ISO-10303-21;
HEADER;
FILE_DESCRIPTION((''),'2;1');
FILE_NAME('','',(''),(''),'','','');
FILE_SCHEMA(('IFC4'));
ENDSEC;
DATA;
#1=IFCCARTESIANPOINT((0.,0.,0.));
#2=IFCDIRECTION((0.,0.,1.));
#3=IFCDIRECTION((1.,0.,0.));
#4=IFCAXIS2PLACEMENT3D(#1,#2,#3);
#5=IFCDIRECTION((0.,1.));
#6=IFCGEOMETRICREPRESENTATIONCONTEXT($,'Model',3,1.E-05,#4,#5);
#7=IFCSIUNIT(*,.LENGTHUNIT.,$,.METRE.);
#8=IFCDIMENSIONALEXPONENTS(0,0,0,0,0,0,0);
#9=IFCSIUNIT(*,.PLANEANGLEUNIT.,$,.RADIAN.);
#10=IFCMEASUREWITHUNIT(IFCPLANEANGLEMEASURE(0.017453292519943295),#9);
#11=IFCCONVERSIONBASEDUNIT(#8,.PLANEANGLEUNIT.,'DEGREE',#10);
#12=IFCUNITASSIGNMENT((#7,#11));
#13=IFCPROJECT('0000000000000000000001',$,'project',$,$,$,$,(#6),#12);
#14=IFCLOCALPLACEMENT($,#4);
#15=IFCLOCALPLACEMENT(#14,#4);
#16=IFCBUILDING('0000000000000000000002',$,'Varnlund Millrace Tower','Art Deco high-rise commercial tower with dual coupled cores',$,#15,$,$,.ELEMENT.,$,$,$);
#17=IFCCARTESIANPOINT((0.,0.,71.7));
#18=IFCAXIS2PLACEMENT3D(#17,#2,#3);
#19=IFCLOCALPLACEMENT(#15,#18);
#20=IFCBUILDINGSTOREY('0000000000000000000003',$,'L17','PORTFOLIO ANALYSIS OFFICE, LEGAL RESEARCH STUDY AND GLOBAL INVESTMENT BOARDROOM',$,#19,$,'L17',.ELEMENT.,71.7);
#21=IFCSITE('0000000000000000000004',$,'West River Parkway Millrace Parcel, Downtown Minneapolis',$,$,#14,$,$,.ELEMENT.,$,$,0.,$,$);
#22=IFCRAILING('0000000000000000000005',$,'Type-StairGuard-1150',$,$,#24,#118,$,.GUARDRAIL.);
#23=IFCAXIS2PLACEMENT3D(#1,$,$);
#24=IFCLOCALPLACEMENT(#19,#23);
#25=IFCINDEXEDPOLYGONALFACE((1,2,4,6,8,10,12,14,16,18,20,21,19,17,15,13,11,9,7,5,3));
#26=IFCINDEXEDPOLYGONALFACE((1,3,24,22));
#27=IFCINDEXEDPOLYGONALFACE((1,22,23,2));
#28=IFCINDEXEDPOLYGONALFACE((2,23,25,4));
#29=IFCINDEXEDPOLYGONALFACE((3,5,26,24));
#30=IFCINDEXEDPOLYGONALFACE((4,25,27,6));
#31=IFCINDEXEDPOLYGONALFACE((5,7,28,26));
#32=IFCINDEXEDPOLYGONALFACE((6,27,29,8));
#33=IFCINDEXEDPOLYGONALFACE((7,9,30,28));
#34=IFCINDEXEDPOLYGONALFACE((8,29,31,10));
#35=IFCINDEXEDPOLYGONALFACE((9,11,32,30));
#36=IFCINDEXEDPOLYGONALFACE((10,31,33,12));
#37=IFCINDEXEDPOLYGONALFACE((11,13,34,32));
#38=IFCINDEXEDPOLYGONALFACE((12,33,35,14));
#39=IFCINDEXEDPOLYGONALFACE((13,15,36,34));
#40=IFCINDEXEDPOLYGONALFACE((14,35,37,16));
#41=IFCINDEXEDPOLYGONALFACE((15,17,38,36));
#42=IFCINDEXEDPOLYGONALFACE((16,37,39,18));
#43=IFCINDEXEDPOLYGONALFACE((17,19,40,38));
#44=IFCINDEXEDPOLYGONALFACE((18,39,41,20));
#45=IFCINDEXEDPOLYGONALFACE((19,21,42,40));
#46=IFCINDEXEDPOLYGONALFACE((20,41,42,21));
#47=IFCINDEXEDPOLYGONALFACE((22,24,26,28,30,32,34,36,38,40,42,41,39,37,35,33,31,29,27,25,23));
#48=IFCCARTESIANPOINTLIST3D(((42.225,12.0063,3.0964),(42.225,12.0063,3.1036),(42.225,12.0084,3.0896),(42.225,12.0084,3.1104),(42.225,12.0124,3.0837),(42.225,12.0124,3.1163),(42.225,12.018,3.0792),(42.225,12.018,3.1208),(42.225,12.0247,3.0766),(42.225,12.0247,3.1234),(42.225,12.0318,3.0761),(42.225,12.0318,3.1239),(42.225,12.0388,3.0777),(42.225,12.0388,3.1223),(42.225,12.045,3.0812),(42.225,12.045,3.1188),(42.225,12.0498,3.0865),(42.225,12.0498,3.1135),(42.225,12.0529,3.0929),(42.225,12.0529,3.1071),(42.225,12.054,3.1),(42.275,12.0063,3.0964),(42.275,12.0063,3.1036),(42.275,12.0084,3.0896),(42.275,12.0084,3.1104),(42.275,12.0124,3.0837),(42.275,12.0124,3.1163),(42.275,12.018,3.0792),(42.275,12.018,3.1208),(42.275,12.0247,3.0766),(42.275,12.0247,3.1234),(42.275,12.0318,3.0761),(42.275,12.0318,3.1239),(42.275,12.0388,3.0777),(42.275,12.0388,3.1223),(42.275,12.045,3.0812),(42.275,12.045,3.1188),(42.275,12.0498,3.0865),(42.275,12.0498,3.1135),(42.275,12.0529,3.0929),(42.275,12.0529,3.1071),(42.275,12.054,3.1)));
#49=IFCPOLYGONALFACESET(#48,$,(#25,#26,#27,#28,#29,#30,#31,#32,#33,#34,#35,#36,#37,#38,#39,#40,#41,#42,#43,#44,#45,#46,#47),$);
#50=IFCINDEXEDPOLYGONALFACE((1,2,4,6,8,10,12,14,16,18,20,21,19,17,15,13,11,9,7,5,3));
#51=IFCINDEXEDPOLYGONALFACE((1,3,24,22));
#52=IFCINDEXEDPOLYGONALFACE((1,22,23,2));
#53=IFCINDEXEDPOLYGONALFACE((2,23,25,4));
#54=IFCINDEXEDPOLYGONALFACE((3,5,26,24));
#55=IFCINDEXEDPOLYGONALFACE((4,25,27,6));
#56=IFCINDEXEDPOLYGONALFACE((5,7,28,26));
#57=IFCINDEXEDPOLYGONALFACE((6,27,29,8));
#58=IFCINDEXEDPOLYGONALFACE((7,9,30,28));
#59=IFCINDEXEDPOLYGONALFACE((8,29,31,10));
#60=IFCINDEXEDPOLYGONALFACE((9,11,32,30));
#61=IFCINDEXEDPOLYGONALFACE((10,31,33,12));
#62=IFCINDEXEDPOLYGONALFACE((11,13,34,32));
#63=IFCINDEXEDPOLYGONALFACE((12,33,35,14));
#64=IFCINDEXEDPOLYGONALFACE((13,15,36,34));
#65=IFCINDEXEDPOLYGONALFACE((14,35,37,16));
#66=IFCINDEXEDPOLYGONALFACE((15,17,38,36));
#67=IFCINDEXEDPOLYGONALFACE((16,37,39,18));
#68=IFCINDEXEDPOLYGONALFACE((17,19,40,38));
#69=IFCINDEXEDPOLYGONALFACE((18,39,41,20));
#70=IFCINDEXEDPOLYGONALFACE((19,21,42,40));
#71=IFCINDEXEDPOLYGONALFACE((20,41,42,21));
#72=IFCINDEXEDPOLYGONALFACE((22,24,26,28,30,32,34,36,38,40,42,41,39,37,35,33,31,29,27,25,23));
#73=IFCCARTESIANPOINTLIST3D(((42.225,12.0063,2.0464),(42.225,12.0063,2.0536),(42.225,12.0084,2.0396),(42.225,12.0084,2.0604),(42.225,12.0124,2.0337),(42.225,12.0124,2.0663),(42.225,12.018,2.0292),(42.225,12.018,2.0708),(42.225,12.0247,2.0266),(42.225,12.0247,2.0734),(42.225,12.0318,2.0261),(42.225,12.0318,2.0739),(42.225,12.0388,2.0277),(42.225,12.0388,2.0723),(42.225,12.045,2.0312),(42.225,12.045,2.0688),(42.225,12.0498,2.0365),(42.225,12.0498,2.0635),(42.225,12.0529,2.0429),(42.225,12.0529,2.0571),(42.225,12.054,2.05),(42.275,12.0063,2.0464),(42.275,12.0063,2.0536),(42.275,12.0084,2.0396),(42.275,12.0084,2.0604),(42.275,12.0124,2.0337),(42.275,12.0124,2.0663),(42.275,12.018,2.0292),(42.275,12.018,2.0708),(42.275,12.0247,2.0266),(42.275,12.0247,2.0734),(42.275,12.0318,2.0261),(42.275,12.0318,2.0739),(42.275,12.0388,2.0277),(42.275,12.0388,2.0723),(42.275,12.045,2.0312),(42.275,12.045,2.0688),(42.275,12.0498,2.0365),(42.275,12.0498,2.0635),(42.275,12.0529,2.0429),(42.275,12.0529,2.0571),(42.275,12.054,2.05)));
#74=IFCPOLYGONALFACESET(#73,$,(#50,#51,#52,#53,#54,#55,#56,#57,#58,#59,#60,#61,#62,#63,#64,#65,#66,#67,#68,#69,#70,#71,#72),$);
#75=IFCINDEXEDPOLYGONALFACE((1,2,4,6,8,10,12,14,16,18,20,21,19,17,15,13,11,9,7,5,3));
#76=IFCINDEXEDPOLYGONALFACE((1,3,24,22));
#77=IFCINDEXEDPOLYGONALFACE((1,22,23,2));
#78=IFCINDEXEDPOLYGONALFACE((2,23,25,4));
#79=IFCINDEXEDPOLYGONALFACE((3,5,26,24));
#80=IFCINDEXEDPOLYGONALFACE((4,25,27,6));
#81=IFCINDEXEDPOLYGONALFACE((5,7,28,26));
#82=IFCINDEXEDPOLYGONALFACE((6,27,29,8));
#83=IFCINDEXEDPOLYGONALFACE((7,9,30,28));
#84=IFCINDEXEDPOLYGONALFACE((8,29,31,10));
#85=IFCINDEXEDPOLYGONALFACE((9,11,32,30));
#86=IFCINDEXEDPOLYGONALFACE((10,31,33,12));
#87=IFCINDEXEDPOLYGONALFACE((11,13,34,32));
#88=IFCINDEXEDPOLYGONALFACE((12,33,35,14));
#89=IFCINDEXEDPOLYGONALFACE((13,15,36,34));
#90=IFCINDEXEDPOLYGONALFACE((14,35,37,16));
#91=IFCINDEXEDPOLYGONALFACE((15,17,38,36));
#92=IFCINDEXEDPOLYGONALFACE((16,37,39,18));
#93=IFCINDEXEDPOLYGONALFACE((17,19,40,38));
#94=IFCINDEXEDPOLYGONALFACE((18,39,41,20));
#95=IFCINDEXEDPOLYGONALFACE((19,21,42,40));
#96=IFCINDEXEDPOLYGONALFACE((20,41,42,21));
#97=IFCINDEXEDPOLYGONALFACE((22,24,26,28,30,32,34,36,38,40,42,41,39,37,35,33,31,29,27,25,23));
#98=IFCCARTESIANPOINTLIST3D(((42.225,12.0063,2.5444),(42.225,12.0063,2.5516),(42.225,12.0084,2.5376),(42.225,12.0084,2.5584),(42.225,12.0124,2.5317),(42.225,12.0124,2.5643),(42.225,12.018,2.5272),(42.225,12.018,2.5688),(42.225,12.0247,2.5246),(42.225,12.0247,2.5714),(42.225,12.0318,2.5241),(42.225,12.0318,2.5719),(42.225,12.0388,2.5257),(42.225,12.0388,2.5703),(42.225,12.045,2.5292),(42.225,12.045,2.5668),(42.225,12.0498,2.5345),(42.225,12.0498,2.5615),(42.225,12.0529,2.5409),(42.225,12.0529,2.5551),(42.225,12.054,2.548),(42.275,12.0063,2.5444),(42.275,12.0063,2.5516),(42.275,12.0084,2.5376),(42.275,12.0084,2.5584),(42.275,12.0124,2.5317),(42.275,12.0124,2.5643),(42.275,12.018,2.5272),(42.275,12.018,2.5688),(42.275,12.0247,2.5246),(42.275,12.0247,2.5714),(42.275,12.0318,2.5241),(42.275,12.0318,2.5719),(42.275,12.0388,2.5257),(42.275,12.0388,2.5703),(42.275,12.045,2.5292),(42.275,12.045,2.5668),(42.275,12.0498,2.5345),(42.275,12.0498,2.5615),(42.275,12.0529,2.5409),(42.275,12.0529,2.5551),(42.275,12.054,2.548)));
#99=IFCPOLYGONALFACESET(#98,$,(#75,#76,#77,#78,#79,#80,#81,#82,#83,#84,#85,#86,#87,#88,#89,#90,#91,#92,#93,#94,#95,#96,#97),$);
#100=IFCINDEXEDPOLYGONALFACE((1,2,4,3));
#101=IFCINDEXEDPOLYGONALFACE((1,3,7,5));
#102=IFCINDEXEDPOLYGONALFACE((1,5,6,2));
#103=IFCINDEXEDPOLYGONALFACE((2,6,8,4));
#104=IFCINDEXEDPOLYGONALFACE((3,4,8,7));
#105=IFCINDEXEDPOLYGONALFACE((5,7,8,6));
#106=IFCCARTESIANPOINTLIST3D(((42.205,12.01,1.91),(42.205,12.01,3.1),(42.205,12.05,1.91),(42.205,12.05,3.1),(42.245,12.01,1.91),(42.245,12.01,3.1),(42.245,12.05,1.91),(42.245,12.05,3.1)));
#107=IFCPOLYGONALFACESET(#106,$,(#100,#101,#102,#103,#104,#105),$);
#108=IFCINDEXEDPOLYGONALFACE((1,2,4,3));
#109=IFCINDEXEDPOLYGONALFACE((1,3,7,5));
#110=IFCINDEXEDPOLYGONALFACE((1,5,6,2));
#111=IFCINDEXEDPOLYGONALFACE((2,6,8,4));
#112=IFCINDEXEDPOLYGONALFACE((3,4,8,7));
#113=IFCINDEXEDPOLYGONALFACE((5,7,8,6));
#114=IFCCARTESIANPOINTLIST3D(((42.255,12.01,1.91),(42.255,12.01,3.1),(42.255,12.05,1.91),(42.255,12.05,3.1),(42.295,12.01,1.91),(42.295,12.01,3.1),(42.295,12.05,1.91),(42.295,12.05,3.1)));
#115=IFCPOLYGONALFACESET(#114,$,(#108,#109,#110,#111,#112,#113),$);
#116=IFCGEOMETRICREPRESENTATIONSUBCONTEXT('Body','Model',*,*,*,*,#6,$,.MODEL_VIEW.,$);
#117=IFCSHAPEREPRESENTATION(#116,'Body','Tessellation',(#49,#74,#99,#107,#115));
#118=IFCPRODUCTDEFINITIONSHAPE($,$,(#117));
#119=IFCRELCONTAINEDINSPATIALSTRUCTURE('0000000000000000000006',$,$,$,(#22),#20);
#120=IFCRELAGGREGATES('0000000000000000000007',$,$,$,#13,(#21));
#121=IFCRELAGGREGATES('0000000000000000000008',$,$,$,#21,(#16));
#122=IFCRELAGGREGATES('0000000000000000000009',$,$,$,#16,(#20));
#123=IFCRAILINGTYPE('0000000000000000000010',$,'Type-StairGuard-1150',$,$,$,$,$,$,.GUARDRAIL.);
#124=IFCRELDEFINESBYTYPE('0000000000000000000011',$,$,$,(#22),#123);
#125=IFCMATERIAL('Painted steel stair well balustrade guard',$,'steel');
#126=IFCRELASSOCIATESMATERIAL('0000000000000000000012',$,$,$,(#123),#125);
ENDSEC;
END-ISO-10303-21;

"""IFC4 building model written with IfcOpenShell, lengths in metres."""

from ifc_helpers import new_model, entity, si_unit, converted_unit, direction, frame, origin_with_axes, origin_2d_with_axis, place, context, subcontext, project, spatial, rectangle, circle, extrude, material, type_object, element, save


model = new_model("IFC4")

# Units and contexts
model_context = context("Model", 3, precision=1e-05, world=origin_with_axes(), true_north=direction((0.0, 1.0)))
body_context = subcontext(model_context, "Body", "Model", "MODEL_VIEW")
ifc_project = project(units=[si_unit("LENGTHUNIT", "METRE"), converted_unit("PLANEANGLEUNIT", "DEGREE", entity("IfcPlaneAngleMeasure", 0.017453292519943295), si_unit("PLANEANGLEUNIT", "RADIAN"), dimensions=[0, 0, 0, 0, 0, 0, 0])], contexts=[model_context])

# Site, building, storey
site_placement = place(None, origin_with_axes())
site = spatial("IfcSite", under=ifc_project, at=site_placement, Name="West River Parkway Millrace Parcel, Downtown Minneapolis", CompositionType="ELEMENT", RefElevation=0.0)
building_placement = place(site_placement, origin_with_axes())
building = spatial("IfcBuilding", under=site, at=building_placement, Name="Varnlund Millrace Tower", Description="Art Deco high-rise commercial tower with dual coupled cores", CompositionType="ELEMENT")
storey_placement = place(building_placement, frame((0.0, 0.0, 71.7), z_axis=(0.0, 0.0, 1.0), x_axis=(1.0, 0.0, 0.0)))
storey = spatial("IfcBuildingStorey", under=building, at=storey_placement, Name="L17", Description="PORTFOLIO ANALYSIS OFFICE, LEGAL RESEARCH STUDY AND GLOBAL INVESTMENT BOARDROOM", LongName="L17", CompositionType="ELEMENT", Elevation=71.7)

# Railing
ifc_material_1 = material(Name="Painted steel stair well balustrade guard", Category="steel")
railing_type_1 = type_object("IfcRailingType", Name="Type-StairGuard-1150", PredefinedType="GUARDRAIL", material=ifc_material_1)
railing_1_placement = place(storey_placement, frame((0.0, 0.0, -71.7), z_axis=(0.0, 0.0, 1.0), x_axis=(1.0, 0.0, 0.0)))
element("IfcRailing", 1, at=railing_1_placement, inside=storey, type_object=railing_type_1, Name="Type-StairGuard-1150", PredefinedType="GUARDRAIL", context=body_context, shape_type="SweptSolid", body=[
    extrude(circle(Radius=0.024, at=origin_2d_with_axis()), frame((42.225, 12.03, 74.8), z_axis=(1.0, 0.0, 0.0), x_axis=(0.0, 1.0, 0.0)), (0.0, 0.0, 1.0), 0.05),
    extrude(circle(Radius=0.024, at=origin_2d_with_axis()), frame((42.225, 12.03, 73.75), z_axis=(1.0, 0.0, 0.0), x_axis=(0.0, 1.0, 0.0)), (0.0, 0.0, 1.0), 0.05),
    extrude(circle(Radius=0.024, at=origin_2d_with_axis()), frame((42.225, 12.03, 74.248), z_axis=(1.0, 0.0, 0.0), x_axis=(0.0, 1.0, 0.0)), (0.0, 0.0, 1.0), 0.05),
    extrude(rectangle(XDim=0.04, YDim=0.04, at=origin_2d_with_axis()), frame((42.225, 12.03, 73.61), z_axis=(0.0, 0.0, 1.0), x_axis=(1.0, 0.0, 0.0)), (0.0, 0.0, 1.0), 1.19),
    extrude(rectangle(XDim=0.04, YDim=0.04, at=origin_2d_with_axis()), frame((42.275, 12.03, 73.61), z_axis=(0.0, 0.0, 1.0), x_axis=(1.0, 0.0, 0.0)), (0.0, 0.0, 1.0), 1.19),
])

save(model, "model.ifc")
